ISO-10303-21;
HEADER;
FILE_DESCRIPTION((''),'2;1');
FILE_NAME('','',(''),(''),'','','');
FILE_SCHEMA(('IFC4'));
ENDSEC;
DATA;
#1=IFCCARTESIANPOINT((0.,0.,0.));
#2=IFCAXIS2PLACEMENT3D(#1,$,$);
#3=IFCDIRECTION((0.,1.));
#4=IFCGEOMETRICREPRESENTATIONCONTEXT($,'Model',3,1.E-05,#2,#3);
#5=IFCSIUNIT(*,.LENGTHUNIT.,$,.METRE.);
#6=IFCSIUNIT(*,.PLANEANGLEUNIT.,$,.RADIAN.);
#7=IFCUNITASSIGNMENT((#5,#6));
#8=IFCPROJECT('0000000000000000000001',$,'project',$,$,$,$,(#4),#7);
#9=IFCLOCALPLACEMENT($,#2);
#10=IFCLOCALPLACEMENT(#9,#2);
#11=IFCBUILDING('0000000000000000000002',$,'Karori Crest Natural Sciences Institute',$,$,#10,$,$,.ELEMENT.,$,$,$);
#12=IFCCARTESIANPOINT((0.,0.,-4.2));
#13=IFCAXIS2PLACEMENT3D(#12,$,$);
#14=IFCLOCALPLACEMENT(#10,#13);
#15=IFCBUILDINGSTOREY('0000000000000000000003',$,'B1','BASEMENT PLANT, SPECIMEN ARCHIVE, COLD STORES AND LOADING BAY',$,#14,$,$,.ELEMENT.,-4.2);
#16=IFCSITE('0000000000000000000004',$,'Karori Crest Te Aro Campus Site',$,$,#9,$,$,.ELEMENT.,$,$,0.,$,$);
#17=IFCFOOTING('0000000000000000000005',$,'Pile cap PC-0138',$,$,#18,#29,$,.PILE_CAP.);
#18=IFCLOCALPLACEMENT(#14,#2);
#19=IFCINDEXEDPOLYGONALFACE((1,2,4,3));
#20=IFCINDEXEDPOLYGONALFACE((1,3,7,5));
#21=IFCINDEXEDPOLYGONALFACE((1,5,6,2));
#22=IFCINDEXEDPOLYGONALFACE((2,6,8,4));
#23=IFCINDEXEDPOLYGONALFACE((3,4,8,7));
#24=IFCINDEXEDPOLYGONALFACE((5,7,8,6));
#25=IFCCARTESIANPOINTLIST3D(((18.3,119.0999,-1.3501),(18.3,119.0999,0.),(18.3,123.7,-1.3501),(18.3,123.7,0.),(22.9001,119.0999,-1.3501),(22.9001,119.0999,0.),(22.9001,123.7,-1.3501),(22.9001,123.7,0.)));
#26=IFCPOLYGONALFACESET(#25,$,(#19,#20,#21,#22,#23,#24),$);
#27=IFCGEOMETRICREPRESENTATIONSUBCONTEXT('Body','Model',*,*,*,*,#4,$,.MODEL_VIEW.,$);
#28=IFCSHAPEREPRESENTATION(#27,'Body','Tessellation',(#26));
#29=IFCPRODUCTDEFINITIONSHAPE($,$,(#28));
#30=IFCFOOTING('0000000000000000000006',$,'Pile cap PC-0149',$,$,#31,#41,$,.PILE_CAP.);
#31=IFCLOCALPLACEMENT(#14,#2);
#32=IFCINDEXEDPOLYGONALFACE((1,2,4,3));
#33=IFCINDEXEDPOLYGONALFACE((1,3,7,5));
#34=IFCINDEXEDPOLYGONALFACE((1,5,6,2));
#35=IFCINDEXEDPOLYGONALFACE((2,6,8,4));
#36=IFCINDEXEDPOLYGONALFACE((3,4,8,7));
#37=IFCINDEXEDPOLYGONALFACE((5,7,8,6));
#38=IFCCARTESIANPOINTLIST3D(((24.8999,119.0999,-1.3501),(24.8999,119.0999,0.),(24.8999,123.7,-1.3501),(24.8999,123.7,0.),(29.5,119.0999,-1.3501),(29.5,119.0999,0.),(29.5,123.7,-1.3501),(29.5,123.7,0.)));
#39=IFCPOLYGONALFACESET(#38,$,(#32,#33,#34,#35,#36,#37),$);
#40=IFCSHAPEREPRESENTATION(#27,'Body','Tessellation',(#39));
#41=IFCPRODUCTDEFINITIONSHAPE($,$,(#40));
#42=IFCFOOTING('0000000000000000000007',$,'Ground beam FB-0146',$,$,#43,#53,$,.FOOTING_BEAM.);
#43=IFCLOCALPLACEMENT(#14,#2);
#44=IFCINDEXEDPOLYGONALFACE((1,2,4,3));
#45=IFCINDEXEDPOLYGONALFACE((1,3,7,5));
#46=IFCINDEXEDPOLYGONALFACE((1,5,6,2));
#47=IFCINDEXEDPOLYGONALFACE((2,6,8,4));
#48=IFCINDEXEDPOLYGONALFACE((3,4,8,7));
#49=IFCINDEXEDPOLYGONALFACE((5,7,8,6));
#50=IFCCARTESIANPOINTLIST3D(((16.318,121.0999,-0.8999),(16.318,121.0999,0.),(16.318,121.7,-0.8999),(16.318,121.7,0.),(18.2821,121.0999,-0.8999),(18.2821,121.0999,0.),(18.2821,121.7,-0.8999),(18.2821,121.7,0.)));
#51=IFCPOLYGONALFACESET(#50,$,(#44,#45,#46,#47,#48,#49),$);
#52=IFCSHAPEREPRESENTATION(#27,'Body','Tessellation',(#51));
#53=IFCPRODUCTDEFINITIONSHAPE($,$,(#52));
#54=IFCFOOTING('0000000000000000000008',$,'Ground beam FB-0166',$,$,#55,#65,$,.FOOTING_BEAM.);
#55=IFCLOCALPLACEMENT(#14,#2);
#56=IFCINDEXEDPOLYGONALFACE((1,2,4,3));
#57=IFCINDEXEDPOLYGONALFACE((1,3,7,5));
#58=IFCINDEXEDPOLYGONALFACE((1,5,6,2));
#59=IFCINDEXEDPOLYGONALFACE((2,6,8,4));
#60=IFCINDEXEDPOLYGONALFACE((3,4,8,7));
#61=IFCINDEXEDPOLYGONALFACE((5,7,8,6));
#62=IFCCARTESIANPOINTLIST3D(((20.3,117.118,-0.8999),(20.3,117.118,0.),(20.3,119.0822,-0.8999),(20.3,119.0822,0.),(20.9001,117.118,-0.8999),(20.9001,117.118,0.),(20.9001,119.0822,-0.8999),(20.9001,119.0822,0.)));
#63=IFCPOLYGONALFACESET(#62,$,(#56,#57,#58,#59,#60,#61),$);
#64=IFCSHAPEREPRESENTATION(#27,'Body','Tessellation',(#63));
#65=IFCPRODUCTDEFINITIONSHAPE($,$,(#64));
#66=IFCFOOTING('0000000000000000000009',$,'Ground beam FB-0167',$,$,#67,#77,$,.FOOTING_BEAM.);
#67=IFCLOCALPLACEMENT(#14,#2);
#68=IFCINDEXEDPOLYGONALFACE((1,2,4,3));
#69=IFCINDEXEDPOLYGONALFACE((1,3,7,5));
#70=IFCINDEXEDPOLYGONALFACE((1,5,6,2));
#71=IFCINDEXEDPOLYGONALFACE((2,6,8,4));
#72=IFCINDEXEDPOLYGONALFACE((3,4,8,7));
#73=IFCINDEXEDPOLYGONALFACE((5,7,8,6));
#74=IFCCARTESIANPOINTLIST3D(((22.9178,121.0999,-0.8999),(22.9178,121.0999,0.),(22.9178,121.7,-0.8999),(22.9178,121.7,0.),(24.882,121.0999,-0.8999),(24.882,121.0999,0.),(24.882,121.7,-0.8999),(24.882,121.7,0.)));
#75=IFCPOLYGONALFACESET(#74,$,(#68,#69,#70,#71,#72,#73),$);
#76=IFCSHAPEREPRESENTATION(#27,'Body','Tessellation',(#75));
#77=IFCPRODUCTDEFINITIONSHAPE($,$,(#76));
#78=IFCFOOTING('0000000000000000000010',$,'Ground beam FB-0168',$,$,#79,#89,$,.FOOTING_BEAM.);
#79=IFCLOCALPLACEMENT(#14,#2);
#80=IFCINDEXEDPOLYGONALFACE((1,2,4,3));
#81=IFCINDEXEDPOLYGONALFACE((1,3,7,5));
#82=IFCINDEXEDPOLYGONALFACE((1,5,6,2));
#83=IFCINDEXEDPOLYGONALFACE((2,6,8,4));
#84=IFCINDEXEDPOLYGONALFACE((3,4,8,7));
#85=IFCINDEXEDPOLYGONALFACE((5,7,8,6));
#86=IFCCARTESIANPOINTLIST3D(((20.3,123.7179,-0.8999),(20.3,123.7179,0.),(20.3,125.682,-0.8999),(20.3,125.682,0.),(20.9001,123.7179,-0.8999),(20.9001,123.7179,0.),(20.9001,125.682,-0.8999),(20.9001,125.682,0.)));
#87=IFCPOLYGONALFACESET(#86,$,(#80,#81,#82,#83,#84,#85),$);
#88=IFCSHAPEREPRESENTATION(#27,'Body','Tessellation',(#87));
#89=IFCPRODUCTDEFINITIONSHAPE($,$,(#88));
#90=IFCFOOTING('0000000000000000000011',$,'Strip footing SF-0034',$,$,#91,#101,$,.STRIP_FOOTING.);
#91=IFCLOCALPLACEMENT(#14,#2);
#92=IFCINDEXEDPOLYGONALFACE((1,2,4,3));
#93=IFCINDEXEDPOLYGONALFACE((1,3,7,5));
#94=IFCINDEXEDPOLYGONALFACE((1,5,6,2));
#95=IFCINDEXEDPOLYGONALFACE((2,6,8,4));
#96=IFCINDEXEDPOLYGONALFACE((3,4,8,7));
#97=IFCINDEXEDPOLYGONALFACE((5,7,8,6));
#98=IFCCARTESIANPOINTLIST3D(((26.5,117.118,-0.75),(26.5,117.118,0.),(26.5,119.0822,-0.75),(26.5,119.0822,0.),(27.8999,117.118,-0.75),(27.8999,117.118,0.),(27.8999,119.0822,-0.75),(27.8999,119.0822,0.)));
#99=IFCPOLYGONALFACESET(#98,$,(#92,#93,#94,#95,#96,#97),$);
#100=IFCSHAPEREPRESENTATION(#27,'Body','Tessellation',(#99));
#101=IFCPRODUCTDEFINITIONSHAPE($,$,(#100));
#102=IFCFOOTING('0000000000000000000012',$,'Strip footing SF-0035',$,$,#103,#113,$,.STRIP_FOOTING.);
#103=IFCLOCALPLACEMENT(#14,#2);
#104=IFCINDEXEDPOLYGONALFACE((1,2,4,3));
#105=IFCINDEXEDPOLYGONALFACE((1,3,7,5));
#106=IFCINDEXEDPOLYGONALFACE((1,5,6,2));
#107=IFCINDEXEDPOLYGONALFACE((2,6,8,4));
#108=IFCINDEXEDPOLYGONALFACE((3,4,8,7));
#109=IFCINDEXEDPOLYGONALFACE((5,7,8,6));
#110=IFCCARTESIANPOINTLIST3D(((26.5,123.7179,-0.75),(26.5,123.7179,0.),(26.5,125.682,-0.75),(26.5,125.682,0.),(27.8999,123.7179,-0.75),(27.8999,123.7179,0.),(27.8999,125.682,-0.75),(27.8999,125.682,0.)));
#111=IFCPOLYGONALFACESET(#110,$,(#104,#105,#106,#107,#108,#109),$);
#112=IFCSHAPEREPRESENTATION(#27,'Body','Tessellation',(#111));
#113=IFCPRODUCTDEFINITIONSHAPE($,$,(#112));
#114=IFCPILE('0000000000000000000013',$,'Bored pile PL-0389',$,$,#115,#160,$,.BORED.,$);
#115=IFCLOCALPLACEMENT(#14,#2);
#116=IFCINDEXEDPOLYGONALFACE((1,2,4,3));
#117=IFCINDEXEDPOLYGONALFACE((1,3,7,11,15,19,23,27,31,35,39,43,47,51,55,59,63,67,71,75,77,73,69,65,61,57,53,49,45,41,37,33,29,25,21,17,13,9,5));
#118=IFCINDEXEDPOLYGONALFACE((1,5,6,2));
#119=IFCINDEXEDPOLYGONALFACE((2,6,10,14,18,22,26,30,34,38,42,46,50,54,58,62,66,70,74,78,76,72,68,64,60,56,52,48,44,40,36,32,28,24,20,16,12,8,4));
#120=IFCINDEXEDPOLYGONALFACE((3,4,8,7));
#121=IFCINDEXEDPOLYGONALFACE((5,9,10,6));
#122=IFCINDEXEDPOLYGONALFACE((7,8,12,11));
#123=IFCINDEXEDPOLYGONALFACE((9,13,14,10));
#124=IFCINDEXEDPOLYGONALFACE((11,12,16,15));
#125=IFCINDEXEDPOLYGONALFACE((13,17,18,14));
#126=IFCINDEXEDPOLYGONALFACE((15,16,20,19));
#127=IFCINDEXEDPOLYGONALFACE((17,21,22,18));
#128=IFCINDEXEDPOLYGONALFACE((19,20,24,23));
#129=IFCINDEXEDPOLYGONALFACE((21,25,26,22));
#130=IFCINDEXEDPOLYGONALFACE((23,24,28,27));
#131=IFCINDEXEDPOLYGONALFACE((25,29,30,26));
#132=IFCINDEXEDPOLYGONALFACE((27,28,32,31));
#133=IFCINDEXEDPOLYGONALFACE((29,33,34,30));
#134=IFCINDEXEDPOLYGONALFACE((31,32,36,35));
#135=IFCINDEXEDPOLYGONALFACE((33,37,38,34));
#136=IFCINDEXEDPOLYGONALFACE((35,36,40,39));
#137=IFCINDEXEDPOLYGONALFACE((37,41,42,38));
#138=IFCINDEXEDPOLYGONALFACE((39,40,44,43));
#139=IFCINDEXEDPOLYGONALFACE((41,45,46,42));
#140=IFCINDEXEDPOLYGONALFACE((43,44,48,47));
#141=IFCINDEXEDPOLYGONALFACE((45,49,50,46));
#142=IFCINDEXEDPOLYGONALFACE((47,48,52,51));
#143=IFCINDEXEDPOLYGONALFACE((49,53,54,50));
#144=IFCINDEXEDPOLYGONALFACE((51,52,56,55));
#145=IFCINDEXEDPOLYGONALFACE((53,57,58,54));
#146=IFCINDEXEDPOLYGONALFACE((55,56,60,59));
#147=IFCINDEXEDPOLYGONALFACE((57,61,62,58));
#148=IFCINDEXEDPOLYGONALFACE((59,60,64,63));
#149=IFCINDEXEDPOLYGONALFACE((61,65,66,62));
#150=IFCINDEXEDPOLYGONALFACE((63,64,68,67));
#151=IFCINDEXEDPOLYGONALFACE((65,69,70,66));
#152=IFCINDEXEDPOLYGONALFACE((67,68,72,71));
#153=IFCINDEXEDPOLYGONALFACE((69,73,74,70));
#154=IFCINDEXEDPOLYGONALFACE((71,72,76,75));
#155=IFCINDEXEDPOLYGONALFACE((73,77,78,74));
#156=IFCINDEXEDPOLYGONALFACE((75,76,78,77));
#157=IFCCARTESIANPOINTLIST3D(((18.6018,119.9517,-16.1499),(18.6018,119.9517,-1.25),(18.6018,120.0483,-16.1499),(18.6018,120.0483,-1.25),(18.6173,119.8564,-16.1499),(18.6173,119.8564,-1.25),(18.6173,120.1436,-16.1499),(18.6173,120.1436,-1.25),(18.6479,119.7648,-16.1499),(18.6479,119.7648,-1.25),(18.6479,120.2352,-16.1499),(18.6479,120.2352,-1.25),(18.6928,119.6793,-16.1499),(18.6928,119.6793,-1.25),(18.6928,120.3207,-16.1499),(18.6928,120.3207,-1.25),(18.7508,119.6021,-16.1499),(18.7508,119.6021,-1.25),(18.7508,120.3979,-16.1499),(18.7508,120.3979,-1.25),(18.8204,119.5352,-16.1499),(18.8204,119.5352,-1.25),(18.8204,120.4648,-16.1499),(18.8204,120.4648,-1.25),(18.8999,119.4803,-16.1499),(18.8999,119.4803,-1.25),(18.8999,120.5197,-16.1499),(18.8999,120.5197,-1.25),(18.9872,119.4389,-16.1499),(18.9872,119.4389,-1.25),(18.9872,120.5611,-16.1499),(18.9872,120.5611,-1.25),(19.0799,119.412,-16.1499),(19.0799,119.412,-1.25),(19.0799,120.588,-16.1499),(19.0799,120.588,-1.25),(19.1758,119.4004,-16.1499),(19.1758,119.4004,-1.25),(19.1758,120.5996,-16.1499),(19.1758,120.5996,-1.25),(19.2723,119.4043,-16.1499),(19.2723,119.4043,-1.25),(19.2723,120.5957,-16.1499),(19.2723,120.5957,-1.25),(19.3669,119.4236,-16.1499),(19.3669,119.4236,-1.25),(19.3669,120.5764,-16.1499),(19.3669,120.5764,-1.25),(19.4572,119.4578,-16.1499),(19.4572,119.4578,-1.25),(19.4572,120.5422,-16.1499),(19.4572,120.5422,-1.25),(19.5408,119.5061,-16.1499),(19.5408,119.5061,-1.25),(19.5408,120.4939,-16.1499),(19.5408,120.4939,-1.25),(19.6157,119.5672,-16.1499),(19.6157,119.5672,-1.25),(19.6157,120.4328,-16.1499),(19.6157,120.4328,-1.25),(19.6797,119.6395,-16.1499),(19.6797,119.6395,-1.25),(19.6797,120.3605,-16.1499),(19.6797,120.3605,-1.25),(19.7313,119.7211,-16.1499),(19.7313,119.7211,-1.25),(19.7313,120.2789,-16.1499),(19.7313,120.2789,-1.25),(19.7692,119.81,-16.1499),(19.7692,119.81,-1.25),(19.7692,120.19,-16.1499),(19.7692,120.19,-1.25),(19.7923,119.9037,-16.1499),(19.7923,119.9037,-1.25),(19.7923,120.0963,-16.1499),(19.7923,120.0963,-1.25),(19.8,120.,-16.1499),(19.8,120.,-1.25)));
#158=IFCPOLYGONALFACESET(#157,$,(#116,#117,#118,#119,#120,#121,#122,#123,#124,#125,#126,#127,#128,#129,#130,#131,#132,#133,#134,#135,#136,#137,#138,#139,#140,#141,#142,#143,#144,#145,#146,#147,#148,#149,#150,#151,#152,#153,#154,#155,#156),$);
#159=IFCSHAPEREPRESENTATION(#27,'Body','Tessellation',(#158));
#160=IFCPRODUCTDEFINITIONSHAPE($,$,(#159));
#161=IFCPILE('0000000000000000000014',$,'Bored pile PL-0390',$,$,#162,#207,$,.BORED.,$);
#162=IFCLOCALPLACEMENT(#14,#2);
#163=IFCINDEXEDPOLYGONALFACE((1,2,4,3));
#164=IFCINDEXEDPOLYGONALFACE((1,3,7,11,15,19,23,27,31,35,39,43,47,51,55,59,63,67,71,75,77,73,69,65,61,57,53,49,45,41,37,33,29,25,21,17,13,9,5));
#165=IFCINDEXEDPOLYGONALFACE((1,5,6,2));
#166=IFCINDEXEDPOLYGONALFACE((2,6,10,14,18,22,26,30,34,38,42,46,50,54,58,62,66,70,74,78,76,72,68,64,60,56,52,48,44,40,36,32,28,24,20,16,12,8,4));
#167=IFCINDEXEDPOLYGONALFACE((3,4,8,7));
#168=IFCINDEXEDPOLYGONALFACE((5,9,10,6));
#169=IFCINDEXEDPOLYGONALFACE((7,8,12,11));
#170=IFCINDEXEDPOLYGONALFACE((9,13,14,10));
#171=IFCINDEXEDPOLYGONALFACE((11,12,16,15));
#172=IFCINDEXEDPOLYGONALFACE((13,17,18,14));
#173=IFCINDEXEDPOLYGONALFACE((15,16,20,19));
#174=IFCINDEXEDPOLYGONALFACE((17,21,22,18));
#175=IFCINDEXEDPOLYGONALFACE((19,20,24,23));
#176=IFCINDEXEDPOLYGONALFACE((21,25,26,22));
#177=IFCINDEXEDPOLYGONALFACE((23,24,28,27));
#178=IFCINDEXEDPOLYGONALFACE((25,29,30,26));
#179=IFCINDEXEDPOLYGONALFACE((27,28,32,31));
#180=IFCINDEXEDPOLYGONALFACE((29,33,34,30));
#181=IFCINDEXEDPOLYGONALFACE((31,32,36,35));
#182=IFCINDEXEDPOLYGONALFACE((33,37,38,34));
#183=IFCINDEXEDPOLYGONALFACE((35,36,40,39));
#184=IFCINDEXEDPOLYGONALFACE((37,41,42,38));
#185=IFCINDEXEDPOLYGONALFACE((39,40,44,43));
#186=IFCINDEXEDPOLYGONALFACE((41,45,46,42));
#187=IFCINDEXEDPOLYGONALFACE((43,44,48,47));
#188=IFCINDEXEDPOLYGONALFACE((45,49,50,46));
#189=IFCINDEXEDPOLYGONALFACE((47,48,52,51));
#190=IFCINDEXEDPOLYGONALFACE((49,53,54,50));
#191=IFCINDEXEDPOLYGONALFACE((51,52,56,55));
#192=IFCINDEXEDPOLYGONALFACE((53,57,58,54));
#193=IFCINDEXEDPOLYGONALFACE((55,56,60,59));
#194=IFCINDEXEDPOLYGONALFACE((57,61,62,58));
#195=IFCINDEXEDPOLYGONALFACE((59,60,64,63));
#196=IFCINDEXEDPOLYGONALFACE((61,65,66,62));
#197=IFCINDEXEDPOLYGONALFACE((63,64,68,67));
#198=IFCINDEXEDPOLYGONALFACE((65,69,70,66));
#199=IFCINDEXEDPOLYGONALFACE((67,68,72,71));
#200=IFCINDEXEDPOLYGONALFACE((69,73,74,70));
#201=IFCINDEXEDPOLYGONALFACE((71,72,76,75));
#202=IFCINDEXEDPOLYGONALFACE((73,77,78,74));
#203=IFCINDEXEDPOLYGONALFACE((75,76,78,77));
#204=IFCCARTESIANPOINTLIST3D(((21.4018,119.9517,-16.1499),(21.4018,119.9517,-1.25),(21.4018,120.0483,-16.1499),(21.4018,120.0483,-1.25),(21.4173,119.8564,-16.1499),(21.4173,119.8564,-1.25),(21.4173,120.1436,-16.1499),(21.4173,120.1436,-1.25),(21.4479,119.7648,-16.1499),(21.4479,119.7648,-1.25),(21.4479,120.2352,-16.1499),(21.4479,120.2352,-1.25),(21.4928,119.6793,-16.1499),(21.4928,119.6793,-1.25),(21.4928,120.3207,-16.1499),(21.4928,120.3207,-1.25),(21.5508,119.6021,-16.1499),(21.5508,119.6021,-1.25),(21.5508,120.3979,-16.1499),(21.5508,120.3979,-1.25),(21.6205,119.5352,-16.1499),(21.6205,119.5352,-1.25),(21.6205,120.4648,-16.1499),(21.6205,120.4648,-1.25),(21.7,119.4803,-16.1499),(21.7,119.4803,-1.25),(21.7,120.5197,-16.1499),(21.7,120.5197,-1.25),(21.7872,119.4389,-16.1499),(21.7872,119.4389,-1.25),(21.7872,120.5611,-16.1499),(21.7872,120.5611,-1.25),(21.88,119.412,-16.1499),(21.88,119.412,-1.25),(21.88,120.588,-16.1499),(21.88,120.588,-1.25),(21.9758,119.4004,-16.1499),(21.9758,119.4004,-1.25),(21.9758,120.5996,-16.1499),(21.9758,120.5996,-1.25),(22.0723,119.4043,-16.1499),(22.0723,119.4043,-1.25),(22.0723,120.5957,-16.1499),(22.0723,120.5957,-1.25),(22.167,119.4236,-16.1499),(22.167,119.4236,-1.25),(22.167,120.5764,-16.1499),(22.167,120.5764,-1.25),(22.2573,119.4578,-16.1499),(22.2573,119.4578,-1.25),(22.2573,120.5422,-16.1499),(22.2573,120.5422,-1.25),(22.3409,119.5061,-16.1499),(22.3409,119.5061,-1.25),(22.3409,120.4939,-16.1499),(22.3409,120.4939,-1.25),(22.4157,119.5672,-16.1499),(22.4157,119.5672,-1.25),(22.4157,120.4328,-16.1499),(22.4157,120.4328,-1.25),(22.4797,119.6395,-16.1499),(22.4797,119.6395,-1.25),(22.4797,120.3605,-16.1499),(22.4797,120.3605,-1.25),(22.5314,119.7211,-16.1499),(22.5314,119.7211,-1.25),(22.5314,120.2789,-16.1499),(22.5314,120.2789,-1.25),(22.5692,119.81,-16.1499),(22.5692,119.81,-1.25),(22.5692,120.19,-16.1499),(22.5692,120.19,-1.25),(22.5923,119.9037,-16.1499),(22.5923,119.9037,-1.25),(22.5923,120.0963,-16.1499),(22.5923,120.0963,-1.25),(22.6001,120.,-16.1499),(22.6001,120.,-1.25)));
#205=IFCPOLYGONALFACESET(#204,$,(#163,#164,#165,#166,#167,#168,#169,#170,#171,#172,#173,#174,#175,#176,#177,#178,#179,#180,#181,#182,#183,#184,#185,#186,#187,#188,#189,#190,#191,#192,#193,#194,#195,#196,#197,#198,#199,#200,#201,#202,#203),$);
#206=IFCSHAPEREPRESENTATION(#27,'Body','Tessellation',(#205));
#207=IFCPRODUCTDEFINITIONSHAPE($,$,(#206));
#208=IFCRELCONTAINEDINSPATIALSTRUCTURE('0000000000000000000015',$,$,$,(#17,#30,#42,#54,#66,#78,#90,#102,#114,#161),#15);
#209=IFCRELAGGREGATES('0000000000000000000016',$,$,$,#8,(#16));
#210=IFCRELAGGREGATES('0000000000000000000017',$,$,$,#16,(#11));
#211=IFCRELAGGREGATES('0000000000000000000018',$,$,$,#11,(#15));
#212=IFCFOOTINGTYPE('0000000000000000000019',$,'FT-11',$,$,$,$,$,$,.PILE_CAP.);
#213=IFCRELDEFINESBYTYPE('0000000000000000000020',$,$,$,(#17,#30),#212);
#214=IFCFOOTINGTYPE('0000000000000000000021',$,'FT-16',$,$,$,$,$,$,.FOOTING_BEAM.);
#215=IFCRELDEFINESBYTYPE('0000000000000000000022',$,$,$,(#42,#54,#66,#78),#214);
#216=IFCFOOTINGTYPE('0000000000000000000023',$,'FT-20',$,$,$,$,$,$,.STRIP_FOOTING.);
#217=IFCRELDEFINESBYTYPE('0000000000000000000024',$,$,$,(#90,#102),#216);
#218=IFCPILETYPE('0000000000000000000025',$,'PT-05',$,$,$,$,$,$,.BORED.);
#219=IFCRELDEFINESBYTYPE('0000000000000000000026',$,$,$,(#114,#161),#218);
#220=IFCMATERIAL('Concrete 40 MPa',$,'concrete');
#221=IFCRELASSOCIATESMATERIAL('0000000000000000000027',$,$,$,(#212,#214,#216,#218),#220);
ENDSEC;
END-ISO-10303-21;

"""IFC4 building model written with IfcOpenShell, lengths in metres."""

from ifc_helpers import new_model, si_unit, direction, frame, origin, origin_2d, place, context, subcontext, project, spatial, rectangle, circle, extrude, material, material_profile, profile_set, type_object, element, save


model = new_model("IFC4")

# Units and contexts
model_context = context("Model", 3, precision=1e-05, world=origin(), true_north=direction((0.0, 1.0)))
body_context = subcontext(model_context, "Body", "Model", "MODEL_VIEW")
ifc_project = project(units=[si_unit("LENGTHUNIT", "METRE"), si_unit("PLANEANGLEUNIT", "RADIAN")], contexts=[model_context])

# Site, building, storey
site_placement = place(None, origin())
site = spatial("IfcSite", under=ifc_project, at=site_placement, Name="Karori Crest Te Aro Campus Site", CompositionType="ELEMENT", RefElevation=0.0)
building_placement = place(site_placement, origin())
building = spatial("IfcBuilding", under=site, at=building_placement, Name="Karori Crest Natural Sciences Institute", CompositionType="ELEMENT")
storey_placement = place(building_placement, frame((0.0, 0.0, -4.2)))
storey = spatial("IfcBuildingStorey", under=building, at=storey_placement, Name="B1", Description="BASEMENT PLANT, SPECIMEN ARCHIVE, COLD STORES AND LOADING BAY", CompositionType="ELEMENT", Elevation=-4.2)

# Footings
ifc_material_1 = material(Name="Concrete 40 MPa", Category="concrete")
footing_type_1 = type_object("IfcFootingType", Name="FT-11", PredefinedType="PILE_CAP", material=ifc_material_1)
for number, where, z_axis, x_axis, name in (
    (1, (20.6001, 121.3999, -1.3501), (0.0, 0.0, 1.0), (1.0, 0.0, 0.0), "Pile cap PC-0138"),
    (2, (27.2, 121.3999, -1.3501), (0.0, 0.0, 1.0), (1.0, 0.0, 0.0), "Pile cap PC-0149"),
):
    element("IfcFooting", number, at=place(storey_placement, frame(where, z_axis=z_axis, x_axis=x_axis)), inside=storey, type_object=footing_type_1, Name=name, PredefinedType="PILE_CAP", context=body_context, shape_type="SweptSolid", body=[
        extrude(rectangle(XDim=4.6001, YDim=4.6001, at=origin_2d()), origin(), (0.0, 0.0, 1.0), 1.3501),
    ])
footing_type_2 = type_object("IfcFootingType", Name="FT-16", PredefinedType="FOOTING_BEAM", material=ifc_material_1)
for number, where, z_axis, x_axis, name in (
    (3, (17.3, 121.3999, -0.8999), (0.0, 0.0, 1.0), (1.0, 0.0, 0.0), "Ground beam FB-0146"),
    (4, (20.6001, 118.1001, -0.8999), (0.0, 0.0, 1.0), (0.0, 1.0, 0.0), "Ground beam FB-0166"),
    (5, (23.8999, 121.3999, -0.8999), (0.0, 0.0, 1.0), (1.0, 0.0, 0.0), "Ground beam FB-0167"),
    (6, (20.6001, 124.7, -0.8999), (0.0, 0.0, 1.0), (0.0, 1.0, 0.0), "Ground beam FB-0168"),
):
    element("IfcFooting", number, at=place(storey_placement, frame(where, z_axis=z_axis, x_axis=x_axis)), inside=storey, type_object=footing_type_2, Name=name, PredefinedType="FOOTING_BEAM", context=body_context, shape_type="SweptSolid", body=[
        extrude(rectangle(XDim=1.9641, YDim=0.6001, at=origin_2d()), origin(), (0.0, 0.0, 1.0), 0.8999),
    ])
footing_type_3 = type_object("IfcFootingType", Name="FT-20", PredefinedType="STRIP_FOOTING", material=ifc_material_1)
for number, where, z_axis, x_axis, name in (
    (7, (27.2, 118.1001, -0.75), (0.0, 0.0, 1.0), (0.0, 1.0, 0.0), "Strip footing SF-0034"),
    (8, (27.2, 124.7, -0.75), (0.0, 0.0, 1.0), (0.0, 1.0, 0.0), "Strip footing SF-0035"),
):
    element("IfcFooting", number, at=place(storey_placement, frame(where, z_axis=z_axis, x_axis=x_axis)), inside=storey, type_object=footing_type_3, Name=name, PredefinedType="STRIP_FOOTING", context=body_context, shape_type="SweptSolid", body=[
        extrude(rectangle(XDim=1.9641, YDim=1.3999, at=origin_2d()), origin(), (0.0, 0.0, 1.0), 0.75),
    ])

# Piles
ifc_material_profile_1 = material_profile(ifc_material_1, circle(Radius=0.6001, at=origin_2d()), Name="PILE1200")
ifc_profile_set_1 = profile_set([ifc_material_profile_1], Name="Concrete 40 MPa")
pile_type = type_object("IfcPileType", Name="PT-05", PredefinedType="BORED", material=ifc_profile_set_1)
for number, where, z_axis, x_axis, name in (
    (9, (19.2, 120.0, -1.25), (0.0, 0.0, -1.0), (1.0, 0.0, 0.0), "Bored pile PL-0389"),
    (10, (22.0, 120.0, -1.25), (0.0, 0.0, -1.0), (1.0, 0.0, 0.0), "Bored pile PL-0390"),
):
    element("IfcPile", number, at=place(storey_placement, frame(where, z_axis=z_axis, x_axis=x_axis)), inside=storey, type_object=pile_type, Name=name, PredefinedType="BORED", context=body_context, shape_type="SweptSolid", body=[
        extrude(circle(Radius=0.6001, at=origin_2d()), origin(), (0.0, 0.0, 1.0), 14.8999),
    ])

save(model, "model.ifc")
